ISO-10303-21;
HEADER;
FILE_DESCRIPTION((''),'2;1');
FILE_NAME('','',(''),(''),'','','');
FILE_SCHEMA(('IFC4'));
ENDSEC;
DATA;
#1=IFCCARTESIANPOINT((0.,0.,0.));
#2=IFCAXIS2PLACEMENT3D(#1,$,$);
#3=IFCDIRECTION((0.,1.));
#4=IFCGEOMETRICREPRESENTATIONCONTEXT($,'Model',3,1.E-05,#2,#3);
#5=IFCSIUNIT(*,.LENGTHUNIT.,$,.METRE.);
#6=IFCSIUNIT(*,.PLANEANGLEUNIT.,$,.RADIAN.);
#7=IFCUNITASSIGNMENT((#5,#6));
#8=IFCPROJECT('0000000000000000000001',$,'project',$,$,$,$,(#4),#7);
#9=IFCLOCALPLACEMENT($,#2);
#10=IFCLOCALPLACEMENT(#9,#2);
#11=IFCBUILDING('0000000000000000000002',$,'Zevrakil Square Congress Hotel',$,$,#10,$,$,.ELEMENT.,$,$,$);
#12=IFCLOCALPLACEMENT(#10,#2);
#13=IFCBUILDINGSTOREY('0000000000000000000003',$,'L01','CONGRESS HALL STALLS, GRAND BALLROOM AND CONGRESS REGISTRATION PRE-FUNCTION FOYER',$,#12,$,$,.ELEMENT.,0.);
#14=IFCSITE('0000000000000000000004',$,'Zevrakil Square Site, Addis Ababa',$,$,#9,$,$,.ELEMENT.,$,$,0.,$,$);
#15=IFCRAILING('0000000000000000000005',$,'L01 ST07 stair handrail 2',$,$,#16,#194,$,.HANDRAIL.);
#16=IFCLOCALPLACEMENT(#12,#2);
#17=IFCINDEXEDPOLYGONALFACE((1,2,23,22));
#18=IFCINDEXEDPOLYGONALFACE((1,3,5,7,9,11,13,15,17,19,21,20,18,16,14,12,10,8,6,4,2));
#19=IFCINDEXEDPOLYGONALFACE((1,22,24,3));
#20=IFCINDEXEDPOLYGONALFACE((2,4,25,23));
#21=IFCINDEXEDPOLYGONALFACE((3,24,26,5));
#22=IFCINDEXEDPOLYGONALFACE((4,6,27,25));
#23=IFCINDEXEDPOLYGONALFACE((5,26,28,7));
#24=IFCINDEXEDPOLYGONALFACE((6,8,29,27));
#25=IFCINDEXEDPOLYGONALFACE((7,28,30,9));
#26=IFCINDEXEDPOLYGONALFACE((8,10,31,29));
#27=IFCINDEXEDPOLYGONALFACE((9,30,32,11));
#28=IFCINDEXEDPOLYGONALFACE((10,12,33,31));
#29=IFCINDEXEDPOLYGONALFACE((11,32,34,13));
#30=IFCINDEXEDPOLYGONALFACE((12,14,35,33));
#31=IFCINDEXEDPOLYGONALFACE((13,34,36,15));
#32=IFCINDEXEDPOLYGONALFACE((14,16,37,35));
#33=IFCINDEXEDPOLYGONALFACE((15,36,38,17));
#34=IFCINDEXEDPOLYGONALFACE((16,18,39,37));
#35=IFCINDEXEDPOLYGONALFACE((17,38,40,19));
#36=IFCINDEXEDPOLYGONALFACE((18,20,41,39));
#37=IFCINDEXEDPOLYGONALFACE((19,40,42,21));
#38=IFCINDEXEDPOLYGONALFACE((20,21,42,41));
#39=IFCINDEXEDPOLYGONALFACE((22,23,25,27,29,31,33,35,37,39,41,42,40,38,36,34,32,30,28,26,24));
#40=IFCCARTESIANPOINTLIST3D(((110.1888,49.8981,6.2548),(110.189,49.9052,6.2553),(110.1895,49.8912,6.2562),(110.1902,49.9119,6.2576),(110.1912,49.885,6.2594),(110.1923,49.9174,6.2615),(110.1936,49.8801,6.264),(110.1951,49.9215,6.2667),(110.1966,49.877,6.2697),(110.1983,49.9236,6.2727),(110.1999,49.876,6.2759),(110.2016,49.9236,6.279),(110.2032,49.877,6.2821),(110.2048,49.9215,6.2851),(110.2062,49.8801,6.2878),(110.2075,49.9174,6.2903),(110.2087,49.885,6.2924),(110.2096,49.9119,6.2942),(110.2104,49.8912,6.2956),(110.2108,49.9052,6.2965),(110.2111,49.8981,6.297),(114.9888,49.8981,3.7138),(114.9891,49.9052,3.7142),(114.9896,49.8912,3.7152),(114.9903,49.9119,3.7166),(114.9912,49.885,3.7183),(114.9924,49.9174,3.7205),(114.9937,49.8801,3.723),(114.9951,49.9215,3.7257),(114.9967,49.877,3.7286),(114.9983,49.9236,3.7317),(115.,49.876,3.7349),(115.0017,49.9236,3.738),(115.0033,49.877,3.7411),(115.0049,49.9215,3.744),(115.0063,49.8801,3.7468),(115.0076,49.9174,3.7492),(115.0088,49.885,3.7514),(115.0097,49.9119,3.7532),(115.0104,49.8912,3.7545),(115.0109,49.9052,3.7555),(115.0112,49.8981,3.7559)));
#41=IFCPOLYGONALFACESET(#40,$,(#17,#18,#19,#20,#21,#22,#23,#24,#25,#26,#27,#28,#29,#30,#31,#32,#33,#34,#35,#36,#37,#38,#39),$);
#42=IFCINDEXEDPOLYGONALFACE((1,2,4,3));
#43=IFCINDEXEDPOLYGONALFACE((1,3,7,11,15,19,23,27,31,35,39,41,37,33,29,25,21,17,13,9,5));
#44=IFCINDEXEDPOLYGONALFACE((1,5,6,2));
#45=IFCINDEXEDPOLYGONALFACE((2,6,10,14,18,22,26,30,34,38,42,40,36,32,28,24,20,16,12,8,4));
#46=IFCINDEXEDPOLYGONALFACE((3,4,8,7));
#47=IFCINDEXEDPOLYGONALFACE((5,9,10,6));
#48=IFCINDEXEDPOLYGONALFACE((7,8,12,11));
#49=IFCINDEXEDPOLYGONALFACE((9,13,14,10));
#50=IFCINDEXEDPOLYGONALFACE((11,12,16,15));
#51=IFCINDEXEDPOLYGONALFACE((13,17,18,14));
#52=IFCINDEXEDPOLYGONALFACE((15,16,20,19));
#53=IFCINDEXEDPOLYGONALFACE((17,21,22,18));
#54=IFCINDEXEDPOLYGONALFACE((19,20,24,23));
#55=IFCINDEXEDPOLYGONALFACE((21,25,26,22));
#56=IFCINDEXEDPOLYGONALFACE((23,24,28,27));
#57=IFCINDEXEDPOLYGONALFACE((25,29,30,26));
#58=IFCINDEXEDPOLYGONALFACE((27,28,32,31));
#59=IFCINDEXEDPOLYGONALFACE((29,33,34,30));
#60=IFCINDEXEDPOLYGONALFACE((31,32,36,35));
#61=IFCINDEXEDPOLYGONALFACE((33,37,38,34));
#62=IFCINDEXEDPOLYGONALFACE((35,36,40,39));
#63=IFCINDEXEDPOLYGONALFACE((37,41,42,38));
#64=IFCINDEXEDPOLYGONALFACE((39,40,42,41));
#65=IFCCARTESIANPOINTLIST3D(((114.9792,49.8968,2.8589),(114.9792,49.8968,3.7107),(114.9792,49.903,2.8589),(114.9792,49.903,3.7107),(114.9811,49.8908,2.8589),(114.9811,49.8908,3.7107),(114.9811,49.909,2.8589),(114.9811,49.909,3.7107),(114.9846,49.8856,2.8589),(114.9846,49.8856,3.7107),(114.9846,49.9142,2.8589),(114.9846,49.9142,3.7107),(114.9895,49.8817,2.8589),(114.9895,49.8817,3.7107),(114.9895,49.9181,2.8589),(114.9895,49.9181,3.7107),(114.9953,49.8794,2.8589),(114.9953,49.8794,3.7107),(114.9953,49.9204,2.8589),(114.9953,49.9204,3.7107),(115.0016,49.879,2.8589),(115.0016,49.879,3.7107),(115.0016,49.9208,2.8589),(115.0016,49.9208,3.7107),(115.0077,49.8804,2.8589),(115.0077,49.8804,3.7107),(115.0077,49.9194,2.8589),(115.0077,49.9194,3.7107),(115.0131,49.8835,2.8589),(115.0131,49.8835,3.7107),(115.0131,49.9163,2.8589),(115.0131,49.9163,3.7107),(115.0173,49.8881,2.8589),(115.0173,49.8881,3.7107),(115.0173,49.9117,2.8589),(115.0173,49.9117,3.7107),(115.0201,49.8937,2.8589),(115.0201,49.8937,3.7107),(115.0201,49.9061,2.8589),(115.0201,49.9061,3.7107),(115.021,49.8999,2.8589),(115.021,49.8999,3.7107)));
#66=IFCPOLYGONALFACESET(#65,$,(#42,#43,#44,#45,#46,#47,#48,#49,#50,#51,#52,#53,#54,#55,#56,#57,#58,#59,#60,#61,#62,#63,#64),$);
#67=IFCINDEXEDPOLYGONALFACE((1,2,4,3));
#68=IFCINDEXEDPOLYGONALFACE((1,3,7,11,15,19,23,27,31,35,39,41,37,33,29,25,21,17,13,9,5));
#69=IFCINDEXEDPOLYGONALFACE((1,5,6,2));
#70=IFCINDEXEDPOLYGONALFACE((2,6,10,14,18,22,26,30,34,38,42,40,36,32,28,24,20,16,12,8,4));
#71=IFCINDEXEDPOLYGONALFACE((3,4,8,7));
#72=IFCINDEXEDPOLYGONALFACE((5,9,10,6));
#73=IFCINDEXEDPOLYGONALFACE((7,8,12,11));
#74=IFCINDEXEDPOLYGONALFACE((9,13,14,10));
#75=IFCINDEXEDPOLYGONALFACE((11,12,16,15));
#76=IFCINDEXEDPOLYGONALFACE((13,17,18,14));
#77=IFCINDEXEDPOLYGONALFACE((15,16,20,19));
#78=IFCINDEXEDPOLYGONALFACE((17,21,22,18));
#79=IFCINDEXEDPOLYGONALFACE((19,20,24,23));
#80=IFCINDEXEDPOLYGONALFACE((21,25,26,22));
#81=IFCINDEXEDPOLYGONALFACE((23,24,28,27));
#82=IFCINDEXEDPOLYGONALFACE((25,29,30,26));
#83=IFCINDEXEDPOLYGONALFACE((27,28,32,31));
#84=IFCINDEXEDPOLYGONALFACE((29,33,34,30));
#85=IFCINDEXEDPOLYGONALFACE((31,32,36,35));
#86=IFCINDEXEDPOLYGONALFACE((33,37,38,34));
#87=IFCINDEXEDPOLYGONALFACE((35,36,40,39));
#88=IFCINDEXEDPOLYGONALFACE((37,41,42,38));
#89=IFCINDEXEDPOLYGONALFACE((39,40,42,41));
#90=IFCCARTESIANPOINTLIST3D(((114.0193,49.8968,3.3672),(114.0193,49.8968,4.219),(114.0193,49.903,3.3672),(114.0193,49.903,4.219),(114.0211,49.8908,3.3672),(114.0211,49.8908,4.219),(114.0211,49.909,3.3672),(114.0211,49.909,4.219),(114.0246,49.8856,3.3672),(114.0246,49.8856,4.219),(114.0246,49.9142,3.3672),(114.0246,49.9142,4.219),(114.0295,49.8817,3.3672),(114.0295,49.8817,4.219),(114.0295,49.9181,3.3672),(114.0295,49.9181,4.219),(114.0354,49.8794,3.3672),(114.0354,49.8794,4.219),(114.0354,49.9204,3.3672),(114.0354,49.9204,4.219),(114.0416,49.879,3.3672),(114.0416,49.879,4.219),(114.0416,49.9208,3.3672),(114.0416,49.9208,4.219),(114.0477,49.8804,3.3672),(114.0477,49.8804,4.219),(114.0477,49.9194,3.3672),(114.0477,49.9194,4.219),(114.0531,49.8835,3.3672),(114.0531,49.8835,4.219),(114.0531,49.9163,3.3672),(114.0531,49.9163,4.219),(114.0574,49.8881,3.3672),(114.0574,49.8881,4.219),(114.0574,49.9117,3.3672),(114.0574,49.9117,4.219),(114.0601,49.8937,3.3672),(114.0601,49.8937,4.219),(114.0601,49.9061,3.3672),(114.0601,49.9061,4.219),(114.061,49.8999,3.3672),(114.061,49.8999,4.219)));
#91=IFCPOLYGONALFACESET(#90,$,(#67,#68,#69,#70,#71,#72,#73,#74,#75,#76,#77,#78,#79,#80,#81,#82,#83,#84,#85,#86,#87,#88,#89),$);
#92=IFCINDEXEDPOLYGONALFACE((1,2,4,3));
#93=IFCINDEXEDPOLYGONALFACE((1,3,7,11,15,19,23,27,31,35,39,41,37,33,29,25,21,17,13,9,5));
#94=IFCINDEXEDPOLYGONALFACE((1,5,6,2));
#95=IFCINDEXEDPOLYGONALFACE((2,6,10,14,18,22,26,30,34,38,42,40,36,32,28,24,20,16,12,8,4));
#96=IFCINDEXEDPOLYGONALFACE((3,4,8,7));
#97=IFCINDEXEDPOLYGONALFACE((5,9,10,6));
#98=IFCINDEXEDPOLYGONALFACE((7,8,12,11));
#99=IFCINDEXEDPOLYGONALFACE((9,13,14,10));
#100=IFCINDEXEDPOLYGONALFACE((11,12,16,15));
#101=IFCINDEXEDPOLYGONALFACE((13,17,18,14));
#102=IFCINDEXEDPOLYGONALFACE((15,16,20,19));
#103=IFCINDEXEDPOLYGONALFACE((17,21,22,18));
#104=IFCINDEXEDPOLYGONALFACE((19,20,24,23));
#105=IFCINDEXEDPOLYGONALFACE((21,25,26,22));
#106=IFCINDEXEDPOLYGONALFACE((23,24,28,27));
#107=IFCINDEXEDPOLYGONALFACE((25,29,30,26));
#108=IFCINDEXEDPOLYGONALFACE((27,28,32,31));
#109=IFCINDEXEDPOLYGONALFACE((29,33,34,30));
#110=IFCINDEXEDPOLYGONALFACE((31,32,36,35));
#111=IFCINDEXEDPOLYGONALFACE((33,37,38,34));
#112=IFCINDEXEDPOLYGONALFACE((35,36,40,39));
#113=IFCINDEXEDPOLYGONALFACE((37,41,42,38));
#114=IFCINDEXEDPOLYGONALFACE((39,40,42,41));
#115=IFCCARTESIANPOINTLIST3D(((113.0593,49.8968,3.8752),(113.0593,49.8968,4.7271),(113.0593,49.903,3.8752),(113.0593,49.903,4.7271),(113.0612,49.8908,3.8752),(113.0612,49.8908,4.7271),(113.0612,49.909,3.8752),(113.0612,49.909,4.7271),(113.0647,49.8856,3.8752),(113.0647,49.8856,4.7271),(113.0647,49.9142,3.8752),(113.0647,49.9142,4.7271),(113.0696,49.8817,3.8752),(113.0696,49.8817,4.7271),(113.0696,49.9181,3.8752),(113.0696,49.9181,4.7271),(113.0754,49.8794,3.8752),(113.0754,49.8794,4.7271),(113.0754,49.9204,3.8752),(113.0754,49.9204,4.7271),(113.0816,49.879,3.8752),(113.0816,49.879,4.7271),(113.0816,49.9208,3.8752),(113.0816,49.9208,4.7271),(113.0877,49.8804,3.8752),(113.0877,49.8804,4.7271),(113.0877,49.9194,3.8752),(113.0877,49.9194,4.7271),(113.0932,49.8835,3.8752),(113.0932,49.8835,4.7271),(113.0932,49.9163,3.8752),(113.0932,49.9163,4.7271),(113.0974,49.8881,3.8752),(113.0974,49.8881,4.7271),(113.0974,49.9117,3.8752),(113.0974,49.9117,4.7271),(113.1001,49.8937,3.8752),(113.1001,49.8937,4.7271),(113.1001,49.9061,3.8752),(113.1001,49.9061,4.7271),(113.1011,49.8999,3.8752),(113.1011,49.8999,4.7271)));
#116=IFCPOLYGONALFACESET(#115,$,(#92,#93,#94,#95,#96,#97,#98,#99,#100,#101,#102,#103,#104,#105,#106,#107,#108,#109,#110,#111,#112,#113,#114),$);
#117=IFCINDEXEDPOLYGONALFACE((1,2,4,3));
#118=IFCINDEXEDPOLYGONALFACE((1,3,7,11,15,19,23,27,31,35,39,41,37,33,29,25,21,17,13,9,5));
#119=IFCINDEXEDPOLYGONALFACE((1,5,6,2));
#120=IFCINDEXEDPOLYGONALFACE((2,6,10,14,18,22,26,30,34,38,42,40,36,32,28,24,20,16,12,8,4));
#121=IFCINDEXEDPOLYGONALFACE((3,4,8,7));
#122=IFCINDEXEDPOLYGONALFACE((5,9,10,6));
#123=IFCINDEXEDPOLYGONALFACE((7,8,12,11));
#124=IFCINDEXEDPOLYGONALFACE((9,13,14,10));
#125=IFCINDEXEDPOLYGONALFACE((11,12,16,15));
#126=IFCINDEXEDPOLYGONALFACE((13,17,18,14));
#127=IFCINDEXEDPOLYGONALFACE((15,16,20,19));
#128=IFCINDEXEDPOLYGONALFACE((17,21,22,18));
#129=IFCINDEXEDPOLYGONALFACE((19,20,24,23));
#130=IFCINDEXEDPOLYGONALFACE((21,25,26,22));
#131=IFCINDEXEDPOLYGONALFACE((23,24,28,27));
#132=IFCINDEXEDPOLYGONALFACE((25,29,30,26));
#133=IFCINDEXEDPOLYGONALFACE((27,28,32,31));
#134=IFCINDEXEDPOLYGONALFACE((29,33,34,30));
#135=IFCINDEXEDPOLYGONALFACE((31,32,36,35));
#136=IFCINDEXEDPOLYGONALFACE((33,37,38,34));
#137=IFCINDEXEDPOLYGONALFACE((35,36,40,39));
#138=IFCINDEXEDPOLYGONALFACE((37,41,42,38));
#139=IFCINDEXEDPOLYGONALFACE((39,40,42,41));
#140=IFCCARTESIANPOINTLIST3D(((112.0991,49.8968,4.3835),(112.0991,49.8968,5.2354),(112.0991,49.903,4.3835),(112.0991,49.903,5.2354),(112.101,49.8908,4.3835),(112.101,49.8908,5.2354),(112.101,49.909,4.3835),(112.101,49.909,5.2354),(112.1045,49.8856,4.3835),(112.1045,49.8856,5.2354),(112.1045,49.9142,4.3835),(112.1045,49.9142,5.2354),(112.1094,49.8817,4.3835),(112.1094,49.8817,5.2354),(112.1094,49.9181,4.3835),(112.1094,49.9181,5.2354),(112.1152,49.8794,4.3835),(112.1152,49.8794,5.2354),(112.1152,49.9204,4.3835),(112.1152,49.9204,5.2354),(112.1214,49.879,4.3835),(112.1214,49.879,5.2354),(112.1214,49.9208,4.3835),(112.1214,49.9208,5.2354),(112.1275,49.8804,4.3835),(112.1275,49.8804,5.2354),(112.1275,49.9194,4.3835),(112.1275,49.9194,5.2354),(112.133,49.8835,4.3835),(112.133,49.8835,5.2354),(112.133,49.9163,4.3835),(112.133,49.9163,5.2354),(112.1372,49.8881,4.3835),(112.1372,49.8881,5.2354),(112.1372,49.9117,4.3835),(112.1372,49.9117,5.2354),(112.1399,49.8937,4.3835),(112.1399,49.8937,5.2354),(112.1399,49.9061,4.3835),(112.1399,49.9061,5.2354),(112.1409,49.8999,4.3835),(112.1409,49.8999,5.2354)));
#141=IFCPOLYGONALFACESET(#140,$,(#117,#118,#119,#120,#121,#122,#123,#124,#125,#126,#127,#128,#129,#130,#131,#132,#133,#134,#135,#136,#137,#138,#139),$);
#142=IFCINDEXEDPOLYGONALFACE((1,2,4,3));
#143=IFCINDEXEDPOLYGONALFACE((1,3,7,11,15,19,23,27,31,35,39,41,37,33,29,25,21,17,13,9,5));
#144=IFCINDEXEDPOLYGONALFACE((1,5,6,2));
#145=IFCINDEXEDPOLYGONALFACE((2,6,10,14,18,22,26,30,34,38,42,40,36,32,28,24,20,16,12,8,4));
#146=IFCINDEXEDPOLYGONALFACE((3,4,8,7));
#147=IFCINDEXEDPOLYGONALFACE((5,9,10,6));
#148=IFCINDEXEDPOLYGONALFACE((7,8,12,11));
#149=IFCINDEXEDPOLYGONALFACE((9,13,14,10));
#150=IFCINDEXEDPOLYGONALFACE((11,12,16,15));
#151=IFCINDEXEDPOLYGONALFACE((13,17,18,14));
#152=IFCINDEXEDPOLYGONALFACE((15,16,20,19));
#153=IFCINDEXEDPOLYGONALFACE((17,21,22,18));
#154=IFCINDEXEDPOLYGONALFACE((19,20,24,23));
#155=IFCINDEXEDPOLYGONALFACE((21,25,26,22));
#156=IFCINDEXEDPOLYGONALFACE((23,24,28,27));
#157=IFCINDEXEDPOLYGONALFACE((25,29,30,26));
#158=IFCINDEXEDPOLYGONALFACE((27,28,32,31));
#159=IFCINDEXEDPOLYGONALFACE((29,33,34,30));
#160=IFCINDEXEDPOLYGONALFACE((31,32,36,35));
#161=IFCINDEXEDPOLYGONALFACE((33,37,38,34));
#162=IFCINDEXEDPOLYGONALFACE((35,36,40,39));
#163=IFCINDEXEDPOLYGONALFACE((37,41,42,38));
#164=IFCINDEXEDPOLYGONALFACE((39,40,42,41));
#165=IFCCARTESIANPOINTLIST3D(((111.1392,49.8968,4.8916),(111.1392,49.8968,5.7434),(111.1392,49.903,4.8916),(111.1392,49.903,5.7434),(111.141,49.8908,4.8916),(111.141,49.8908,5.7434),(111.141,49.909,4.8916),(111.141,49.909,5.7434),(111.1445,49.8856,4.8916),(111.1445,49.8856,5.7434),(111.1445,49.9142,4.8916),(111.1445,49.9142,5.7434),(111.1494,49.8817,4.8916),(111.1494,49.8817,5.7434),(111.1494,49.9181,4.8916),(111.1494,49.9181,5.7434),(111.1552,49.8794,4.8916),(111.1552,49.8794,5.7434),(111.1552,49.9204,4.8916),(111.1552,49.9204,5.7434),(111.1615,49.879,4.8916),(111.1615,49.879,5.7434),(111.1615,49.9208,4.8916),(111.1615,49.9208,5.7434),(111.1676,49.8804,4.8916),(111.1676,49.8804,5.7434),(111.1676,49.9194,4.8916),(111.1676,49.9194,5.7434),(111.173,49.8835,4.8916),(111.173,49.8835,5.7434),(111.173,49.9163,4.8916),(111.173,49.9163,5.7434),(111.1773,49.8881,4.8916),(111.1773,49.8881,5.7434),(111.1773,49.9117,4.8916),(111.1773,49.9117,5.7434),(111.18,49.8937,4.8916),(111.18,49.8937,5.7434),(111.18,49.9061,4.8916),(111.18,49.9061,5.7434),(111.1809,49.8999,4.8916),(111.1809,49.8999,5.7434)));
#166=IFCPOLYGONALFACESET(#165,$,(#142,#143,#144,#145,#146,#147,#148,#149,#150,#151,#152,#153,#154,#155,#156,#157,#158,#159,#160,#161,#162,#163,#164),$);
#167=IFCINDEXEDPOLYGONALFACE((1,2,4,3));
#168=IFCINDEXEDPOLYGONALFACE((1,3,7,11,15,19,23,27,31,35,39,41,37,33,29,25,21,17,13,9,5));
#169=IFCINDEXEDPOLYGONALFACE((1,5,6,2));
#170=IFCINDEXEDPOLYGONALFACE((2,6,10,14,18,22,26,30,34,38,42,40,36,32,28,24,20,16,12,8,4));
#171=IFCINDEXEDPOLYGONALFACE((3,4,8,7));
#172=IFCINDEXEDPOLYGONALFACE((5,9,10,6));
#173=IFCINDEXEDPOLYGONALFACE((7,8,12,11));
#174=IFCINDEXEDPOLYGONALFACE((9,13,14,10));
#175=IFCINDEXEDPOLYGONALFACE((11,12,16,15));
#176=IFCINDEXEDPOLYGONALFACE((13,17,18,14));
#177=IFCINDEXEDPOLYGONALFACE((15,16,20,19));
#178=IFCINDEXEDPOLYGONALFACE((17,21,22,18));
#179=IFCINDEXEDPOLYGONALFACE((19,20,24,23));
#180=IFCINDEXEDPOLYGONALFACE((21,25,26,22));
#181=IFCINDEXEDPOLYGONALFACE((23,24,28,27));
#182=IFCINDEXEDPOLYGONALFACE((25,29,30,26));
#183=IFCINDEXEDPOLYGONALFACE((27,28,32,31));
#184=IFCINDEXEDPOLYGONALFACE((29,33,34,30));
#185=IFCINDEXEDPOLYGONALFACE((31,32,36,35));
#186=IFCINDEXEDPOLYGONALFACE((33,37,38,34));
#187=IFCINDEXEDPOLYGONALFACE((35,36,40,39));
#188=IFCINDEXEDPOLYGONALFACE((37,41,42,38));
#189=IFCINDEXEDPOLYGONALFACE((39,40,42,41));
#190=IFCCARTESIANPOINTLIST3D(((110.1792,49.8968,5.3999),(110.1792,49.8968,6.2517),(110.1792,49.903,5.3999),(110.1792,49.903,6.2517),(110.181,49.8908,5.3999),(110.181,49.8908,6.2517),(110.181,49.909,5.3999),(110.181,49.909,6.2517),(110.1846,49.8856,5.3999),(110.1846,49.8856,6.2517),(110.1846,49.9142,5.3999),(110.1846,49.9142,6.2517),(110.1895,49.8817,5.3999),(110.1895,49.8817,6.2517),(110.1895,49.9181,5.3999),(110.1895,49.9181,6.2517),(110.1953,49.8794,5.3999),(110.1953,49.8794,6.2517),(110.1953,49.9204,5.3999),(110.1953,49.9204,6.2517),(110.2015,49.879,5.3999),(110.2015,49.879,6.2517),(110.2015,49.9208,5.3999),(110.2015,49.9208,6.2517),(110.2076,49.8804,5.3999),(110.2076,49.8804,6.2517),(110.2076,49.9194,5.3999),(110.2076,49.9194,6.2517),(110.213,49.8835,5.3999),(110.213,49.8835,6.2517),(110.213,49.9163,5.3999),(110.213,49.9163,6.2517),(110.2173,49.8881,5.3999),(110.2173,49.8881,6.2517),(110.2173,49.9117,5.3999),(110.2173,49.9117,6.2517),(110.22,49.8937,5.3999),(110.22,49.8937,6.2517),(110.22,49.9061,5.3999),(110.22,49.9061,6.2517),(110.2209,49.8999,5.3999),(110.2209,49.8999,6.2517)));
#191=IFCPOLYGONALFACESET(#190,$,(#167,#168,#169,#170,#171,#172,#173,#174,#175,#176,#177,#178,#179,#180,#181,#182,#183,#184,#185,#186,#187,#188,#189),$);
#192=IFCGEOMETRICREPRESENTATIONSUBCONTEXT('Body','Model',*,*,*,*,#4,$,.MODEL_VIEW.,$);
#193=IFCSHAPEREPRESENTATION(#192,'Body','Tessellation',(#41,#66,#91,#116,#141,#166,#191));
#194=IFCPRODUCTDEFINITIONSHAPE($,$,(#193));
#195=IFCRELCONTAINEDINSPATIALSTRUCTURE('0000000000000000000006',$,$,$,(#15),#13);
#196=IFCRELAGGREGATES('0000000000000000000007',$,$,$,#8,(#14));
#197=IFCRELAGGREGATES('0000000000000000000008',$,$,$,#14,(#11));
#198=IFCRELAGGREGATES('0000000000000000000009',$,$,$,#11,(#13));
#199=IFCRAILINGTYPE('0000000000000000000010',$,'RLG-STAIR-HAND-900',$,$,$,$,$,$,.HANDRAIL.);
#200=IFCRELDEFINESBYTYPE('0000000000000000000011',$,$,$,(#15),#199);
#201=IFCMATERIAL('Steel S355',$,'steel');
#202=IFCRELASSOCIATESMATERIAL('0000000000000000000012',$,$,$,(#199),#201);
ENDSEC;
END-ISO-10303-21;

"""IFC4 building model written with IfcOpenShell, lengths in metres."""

from ifc_helpers import new_model, si_unit, direction, frame, origin, origin_2d, place, context, subcontext, project, spatial, circle, extrude, material, type_object, element, save


model = new_model("IFC4")

# Units and contexts
model_context = context("Model", 3, precision=1e-05, world=origin(), true_north=direction((0.0, 1.0)))
body_context = subcontext(model_context, "Body", "Model", "MODEL_VIEW")
ifc_project = project(units=[si_unit("LENGTHUNIT", "METRE"), si_unit("PLANEANGLEUNIT", "RADIAN")], contexts=[model_context])

# Site, building, storey
site_placement = place(None, origin())
site = spatial("IfcSite", under=ifc_project, at=site_placement, Name="Zevrakil Square Site, Addis Ababa", CompositionType="ELEMENT", RefElevation=0.0)
building_placement = place(site_placement, origin())
building = spatial("IfcBuilding", under=site, at=building_placement, Name="Zevrakil Square Congress Hotel", CompositionType="ELEMENT")
storey_placement = place(building_placement, origin())
storey = spatial("IfcBuildingStorey", under=building, at=storey_placement, Name="L01", Description="CONGRESS HALL STALLS, GRAND BALLROOM AND CONGRESS REGISTRATION PRE-FUNCTION FOYER", CompositionType="ELEMENT", Elevation=0.0)

# Railing
ifc_material_1 = material(Name="Steel S355", Category="steel")
railing_type_1 = type_object("IfcRailingType", Name="RLG-STAIR-HAND-900", PredefinedType="HANDRAIL", material=ifc_material_1)
railing_1_placement = place(storey_placement, frame((115.0, 49.8999, 2.8589)))
element("IfcRailing", 1, at=railing_1_placement, inside=storey, type_object=railing_type_1, Name="L01 ST07 stair handrail 2", PredefinedType="HANDRAIL", context=body_context, shape_type="SweptSolid", body=[
    extrude(circle(Radius=0.0239, at=origin_2d()), frame((0.0, 0.0, 0.876), z_axis=(-0.883802, 0.0, 0.467861), x_axis=(0.0, -1.0, 0.0)), (0.0, 0.0, 1.0), 5.4312),
    extrude(circle(Radius=0.021, at=origin_2d()), origin(), (0.0, 0.0, 1.0), 0.8518),
    extrude(circle(Radius=0.021, at=origin_2d()), frame((-0.96, 0.0, 0.5083)), (0.0, 0.0, 1.0), 0.8518),
    extrude(circle(Radius=0.021, at=origin_2d()), frame((-1.9199, 0.0, 1.0164)), (0.0, 0.0, 1.0), 0.8518),
    extrude(circle(Radius=0.021, at=origin_2d()), frame((-2.8801, 0.0, 1.5247)), (0.0, 0.0, 1.0), 0.8518),
    extrude(circle(Radius=0.021, at=origin_2d()), frame((-3.8401, 0.0, 2.0327)), (0.0, 0.0, 1.0), 0.8518),
    extrude(circle(Radius=0.021, at=origin_2d()), frame((-4.8, 0.0, 2.541)), (0.0, 0.0, 1.0), 0.8518),
])

save(model, "model.ifc")
